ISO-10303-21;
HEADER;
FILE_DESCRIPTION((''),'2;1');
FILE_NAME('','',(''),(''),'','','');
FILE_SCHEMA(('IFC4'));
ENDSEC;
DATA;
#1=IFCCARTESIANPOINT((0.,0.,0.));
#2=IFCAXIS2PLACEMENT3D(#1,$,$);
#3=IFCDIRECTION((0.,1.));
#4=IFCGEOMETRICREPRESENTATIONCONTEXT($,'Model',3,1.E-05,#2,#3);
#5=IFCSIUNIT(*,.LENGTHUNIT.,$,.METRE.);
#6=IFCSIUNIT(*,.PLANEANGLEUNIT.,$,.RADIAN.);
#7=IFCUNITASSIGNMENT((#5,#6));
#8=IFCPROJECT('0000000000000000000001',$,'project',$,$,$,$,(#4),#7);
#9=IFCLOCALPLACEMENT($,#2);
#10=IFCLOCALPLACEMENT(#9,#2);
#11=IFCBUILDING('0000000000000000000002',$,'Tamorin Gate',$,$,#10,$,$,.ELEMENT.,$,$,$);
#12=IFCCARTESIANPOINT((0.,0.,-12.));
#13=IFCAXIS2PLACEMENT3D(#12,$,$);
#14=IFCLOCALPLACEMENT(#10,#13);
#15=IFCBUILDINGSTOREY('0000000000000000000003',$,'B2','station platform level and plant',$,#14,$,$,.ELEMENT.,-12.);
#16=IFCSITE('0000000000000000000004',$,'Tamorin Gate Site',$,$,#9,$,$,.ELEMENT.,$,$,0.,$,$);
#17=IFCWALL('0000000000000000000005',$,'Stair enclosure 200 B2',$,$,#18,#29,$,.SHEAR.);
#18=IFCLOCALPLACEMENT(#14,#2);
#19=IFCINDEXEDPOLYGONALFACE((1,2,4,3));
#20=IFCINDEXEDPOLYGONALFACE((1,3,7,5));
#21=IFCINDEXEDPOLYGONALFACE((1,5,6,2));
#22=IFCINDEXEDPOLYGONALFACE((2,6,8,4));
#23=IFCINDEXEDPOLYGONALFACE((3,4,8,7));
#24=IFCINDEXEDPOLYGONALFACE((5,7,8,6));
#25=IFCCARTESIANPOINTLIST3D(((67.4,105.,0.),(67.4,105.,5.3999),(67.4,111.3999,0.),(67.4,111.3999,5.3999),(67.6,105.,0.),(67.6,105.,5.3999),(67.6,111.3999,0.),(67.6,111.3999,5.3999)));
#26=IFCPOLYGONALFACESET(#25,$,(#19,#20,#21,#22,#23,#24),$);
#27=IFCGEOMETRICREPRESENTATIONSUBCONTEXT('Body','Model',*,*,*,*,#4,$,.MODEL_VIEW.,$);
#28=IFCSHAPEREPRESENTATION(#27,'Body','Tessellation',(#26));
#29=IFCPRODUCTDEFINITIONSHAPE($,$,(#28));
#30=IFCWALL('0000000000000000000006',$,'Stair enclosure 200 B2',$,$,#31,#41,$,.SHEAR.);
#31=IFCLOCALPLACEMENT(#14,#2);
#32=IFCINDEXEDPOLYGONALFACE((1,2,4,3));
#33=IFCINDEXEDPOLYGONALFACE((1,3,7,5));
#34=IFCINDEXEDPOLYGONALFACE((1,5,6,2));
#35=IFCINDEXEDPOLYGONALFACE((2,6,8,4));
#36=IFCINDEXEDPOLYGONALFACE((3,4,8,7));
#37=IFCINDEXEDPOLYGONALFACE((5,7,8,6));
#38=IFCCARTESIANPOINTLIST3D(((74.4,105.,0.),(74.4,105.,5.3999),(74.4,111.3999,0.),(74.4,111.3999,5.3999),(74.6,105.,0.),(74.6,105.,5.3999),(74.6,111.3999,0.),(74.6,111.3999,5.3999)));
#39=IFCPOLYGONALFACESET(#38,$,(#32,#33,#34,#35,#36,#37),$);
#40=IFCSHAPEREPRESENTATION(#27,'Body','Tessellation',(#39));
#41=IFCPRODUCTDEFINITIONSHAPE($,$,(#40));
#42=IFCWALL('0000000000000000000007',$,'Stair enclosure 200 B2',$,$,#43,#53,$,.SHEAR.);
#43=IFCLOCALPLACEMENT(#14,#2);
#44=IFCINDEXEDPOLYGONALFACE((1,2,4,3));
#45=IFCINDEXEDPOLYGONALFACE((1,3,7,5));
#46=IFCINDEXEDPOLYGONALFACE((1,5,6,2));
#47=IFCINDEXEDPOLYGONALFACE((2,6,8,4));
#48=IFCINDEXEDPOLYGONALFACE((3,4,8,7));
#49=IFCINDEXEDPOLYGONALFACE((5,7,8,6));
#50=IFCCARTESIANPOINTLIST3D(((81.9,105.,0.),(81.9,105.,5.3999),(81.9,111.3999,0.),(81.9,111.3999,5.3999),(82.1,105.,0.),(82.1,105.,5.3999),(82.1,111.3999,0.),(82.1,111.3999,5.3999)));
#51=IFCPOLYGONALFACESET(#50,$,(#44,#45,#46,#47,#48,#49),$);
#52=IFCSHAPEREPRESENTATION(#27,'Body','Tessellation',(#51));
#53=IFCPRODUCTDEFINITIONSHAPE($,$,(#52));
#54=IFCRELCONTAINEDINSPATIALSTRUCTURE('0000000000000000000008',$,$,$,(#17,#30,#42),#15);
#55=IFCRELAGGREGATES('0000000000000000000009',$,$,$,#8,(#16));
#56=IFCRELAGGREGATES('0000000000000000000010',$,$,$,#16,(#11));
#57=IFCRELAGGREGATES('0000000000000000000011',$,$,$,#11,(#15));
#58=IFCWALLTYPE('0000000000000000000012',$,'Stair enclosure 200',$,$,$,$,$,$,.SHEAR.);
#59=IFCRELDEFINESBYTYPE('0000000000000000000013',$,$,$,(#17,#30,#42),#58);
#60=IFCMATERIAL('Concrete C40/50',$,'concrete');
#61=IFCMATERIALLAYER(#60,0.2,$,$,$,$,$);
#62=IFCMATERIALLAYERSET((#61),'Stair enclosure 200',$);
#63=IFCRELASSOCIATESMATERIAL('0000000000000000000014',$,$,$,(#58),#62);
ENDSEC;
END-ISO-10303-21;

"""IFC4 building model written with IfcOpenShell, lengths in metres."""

from ifc_helpers import new_model, si_unit, direction, frame, frame_2d, origin, place, context, subcontext, project, spatial, rectangle, extrude, material, layer, layer_set, type_object, element, save


model = new_model("IFC4")

# Units and contexts
model_context = context("Model", 3, precision=1e-05, world=origin(), true_north=direction((0.0, 1.0)))
body_context = subcontext(model_context, "Body", "Model", "MODEL_VIEW")
ifc_project = project(units=[si_unit("LENGTHUNIT", "METRE"), si_unit("PLANEANGLEUNIT", "RADIAN")], contexts=[model_context])

# Site, building, storey
site_placement = place(None, origin())
site = spatial("IfcSite", under=ifc_project, at=site_placement, Name="Tamorin Gate Site", CompositionType="ELEMENT", RefElevation=0.0)
building_placement = place(site_placement, origin())
building = spatial("IfcBuilding", under=site, at=building_placement, Name="Tamorin Gate", CompositionType="ELEMENT")
storey_placement = place(building_placement, frame((0.0, 0.0, -12.0)))
storey = spatial("IfcBuildingStorey", under=building, at=storey_placement, Name="B2", Description="station platform level and plant", CompositionType="ELEMENT", Elevation=-12.0)

# Shared definitions
ifc_material_1 = material(Name="Concrete C40/50", Category="concrete")

# Walls
ifc_layer_1 = layer(ifc_material_1, 0.2)
ifc_layer_set_1 = layer_set([ifc_layer_1], Name="Stair enclosure 200")
wall_type_1 = type_object("IfcWallType", Name="Stair enclosure 200", PredefinedType="SHEAR", material=ifc_layer_set_1)
for number, where, z_axis, x_axis, name in (
    (1, (67.5, 105.0, 0.0), (0.0, 0.0, 1.0), (0.0, 1.0, 0.0), "Stair enclosure 200 B2"),
    (2, (74.5, 105.0, 0.0), (0.0, 0.0, 1.0), (0.0, 1.0, 0.0), "Stair enclosure 200 B2"),
    (3, (82.0, 105.0, 0.0), (0.0, 0.0, 1.0), (0.0, 1.0, 0.0), "Stair enclosure 200 B2"),
):
    element("IfcWall", number, at=place(storey_placement, frame(where, z_axis=z_axis, x_axis=x_axis)), inside=storey, type_object=wall_type_1, Name=name, PredefinedType="SHEAR", context=body_context, shape_type="SweptSolid", body=[
        extrude(rectangle(XDim=6.3999, YDim=0.2, at=frame_2d((3.2, 0.0))), origin(), (0.0, 0.0, 1.0), 5.3999),
    ])

save(model, "model.ifc")
